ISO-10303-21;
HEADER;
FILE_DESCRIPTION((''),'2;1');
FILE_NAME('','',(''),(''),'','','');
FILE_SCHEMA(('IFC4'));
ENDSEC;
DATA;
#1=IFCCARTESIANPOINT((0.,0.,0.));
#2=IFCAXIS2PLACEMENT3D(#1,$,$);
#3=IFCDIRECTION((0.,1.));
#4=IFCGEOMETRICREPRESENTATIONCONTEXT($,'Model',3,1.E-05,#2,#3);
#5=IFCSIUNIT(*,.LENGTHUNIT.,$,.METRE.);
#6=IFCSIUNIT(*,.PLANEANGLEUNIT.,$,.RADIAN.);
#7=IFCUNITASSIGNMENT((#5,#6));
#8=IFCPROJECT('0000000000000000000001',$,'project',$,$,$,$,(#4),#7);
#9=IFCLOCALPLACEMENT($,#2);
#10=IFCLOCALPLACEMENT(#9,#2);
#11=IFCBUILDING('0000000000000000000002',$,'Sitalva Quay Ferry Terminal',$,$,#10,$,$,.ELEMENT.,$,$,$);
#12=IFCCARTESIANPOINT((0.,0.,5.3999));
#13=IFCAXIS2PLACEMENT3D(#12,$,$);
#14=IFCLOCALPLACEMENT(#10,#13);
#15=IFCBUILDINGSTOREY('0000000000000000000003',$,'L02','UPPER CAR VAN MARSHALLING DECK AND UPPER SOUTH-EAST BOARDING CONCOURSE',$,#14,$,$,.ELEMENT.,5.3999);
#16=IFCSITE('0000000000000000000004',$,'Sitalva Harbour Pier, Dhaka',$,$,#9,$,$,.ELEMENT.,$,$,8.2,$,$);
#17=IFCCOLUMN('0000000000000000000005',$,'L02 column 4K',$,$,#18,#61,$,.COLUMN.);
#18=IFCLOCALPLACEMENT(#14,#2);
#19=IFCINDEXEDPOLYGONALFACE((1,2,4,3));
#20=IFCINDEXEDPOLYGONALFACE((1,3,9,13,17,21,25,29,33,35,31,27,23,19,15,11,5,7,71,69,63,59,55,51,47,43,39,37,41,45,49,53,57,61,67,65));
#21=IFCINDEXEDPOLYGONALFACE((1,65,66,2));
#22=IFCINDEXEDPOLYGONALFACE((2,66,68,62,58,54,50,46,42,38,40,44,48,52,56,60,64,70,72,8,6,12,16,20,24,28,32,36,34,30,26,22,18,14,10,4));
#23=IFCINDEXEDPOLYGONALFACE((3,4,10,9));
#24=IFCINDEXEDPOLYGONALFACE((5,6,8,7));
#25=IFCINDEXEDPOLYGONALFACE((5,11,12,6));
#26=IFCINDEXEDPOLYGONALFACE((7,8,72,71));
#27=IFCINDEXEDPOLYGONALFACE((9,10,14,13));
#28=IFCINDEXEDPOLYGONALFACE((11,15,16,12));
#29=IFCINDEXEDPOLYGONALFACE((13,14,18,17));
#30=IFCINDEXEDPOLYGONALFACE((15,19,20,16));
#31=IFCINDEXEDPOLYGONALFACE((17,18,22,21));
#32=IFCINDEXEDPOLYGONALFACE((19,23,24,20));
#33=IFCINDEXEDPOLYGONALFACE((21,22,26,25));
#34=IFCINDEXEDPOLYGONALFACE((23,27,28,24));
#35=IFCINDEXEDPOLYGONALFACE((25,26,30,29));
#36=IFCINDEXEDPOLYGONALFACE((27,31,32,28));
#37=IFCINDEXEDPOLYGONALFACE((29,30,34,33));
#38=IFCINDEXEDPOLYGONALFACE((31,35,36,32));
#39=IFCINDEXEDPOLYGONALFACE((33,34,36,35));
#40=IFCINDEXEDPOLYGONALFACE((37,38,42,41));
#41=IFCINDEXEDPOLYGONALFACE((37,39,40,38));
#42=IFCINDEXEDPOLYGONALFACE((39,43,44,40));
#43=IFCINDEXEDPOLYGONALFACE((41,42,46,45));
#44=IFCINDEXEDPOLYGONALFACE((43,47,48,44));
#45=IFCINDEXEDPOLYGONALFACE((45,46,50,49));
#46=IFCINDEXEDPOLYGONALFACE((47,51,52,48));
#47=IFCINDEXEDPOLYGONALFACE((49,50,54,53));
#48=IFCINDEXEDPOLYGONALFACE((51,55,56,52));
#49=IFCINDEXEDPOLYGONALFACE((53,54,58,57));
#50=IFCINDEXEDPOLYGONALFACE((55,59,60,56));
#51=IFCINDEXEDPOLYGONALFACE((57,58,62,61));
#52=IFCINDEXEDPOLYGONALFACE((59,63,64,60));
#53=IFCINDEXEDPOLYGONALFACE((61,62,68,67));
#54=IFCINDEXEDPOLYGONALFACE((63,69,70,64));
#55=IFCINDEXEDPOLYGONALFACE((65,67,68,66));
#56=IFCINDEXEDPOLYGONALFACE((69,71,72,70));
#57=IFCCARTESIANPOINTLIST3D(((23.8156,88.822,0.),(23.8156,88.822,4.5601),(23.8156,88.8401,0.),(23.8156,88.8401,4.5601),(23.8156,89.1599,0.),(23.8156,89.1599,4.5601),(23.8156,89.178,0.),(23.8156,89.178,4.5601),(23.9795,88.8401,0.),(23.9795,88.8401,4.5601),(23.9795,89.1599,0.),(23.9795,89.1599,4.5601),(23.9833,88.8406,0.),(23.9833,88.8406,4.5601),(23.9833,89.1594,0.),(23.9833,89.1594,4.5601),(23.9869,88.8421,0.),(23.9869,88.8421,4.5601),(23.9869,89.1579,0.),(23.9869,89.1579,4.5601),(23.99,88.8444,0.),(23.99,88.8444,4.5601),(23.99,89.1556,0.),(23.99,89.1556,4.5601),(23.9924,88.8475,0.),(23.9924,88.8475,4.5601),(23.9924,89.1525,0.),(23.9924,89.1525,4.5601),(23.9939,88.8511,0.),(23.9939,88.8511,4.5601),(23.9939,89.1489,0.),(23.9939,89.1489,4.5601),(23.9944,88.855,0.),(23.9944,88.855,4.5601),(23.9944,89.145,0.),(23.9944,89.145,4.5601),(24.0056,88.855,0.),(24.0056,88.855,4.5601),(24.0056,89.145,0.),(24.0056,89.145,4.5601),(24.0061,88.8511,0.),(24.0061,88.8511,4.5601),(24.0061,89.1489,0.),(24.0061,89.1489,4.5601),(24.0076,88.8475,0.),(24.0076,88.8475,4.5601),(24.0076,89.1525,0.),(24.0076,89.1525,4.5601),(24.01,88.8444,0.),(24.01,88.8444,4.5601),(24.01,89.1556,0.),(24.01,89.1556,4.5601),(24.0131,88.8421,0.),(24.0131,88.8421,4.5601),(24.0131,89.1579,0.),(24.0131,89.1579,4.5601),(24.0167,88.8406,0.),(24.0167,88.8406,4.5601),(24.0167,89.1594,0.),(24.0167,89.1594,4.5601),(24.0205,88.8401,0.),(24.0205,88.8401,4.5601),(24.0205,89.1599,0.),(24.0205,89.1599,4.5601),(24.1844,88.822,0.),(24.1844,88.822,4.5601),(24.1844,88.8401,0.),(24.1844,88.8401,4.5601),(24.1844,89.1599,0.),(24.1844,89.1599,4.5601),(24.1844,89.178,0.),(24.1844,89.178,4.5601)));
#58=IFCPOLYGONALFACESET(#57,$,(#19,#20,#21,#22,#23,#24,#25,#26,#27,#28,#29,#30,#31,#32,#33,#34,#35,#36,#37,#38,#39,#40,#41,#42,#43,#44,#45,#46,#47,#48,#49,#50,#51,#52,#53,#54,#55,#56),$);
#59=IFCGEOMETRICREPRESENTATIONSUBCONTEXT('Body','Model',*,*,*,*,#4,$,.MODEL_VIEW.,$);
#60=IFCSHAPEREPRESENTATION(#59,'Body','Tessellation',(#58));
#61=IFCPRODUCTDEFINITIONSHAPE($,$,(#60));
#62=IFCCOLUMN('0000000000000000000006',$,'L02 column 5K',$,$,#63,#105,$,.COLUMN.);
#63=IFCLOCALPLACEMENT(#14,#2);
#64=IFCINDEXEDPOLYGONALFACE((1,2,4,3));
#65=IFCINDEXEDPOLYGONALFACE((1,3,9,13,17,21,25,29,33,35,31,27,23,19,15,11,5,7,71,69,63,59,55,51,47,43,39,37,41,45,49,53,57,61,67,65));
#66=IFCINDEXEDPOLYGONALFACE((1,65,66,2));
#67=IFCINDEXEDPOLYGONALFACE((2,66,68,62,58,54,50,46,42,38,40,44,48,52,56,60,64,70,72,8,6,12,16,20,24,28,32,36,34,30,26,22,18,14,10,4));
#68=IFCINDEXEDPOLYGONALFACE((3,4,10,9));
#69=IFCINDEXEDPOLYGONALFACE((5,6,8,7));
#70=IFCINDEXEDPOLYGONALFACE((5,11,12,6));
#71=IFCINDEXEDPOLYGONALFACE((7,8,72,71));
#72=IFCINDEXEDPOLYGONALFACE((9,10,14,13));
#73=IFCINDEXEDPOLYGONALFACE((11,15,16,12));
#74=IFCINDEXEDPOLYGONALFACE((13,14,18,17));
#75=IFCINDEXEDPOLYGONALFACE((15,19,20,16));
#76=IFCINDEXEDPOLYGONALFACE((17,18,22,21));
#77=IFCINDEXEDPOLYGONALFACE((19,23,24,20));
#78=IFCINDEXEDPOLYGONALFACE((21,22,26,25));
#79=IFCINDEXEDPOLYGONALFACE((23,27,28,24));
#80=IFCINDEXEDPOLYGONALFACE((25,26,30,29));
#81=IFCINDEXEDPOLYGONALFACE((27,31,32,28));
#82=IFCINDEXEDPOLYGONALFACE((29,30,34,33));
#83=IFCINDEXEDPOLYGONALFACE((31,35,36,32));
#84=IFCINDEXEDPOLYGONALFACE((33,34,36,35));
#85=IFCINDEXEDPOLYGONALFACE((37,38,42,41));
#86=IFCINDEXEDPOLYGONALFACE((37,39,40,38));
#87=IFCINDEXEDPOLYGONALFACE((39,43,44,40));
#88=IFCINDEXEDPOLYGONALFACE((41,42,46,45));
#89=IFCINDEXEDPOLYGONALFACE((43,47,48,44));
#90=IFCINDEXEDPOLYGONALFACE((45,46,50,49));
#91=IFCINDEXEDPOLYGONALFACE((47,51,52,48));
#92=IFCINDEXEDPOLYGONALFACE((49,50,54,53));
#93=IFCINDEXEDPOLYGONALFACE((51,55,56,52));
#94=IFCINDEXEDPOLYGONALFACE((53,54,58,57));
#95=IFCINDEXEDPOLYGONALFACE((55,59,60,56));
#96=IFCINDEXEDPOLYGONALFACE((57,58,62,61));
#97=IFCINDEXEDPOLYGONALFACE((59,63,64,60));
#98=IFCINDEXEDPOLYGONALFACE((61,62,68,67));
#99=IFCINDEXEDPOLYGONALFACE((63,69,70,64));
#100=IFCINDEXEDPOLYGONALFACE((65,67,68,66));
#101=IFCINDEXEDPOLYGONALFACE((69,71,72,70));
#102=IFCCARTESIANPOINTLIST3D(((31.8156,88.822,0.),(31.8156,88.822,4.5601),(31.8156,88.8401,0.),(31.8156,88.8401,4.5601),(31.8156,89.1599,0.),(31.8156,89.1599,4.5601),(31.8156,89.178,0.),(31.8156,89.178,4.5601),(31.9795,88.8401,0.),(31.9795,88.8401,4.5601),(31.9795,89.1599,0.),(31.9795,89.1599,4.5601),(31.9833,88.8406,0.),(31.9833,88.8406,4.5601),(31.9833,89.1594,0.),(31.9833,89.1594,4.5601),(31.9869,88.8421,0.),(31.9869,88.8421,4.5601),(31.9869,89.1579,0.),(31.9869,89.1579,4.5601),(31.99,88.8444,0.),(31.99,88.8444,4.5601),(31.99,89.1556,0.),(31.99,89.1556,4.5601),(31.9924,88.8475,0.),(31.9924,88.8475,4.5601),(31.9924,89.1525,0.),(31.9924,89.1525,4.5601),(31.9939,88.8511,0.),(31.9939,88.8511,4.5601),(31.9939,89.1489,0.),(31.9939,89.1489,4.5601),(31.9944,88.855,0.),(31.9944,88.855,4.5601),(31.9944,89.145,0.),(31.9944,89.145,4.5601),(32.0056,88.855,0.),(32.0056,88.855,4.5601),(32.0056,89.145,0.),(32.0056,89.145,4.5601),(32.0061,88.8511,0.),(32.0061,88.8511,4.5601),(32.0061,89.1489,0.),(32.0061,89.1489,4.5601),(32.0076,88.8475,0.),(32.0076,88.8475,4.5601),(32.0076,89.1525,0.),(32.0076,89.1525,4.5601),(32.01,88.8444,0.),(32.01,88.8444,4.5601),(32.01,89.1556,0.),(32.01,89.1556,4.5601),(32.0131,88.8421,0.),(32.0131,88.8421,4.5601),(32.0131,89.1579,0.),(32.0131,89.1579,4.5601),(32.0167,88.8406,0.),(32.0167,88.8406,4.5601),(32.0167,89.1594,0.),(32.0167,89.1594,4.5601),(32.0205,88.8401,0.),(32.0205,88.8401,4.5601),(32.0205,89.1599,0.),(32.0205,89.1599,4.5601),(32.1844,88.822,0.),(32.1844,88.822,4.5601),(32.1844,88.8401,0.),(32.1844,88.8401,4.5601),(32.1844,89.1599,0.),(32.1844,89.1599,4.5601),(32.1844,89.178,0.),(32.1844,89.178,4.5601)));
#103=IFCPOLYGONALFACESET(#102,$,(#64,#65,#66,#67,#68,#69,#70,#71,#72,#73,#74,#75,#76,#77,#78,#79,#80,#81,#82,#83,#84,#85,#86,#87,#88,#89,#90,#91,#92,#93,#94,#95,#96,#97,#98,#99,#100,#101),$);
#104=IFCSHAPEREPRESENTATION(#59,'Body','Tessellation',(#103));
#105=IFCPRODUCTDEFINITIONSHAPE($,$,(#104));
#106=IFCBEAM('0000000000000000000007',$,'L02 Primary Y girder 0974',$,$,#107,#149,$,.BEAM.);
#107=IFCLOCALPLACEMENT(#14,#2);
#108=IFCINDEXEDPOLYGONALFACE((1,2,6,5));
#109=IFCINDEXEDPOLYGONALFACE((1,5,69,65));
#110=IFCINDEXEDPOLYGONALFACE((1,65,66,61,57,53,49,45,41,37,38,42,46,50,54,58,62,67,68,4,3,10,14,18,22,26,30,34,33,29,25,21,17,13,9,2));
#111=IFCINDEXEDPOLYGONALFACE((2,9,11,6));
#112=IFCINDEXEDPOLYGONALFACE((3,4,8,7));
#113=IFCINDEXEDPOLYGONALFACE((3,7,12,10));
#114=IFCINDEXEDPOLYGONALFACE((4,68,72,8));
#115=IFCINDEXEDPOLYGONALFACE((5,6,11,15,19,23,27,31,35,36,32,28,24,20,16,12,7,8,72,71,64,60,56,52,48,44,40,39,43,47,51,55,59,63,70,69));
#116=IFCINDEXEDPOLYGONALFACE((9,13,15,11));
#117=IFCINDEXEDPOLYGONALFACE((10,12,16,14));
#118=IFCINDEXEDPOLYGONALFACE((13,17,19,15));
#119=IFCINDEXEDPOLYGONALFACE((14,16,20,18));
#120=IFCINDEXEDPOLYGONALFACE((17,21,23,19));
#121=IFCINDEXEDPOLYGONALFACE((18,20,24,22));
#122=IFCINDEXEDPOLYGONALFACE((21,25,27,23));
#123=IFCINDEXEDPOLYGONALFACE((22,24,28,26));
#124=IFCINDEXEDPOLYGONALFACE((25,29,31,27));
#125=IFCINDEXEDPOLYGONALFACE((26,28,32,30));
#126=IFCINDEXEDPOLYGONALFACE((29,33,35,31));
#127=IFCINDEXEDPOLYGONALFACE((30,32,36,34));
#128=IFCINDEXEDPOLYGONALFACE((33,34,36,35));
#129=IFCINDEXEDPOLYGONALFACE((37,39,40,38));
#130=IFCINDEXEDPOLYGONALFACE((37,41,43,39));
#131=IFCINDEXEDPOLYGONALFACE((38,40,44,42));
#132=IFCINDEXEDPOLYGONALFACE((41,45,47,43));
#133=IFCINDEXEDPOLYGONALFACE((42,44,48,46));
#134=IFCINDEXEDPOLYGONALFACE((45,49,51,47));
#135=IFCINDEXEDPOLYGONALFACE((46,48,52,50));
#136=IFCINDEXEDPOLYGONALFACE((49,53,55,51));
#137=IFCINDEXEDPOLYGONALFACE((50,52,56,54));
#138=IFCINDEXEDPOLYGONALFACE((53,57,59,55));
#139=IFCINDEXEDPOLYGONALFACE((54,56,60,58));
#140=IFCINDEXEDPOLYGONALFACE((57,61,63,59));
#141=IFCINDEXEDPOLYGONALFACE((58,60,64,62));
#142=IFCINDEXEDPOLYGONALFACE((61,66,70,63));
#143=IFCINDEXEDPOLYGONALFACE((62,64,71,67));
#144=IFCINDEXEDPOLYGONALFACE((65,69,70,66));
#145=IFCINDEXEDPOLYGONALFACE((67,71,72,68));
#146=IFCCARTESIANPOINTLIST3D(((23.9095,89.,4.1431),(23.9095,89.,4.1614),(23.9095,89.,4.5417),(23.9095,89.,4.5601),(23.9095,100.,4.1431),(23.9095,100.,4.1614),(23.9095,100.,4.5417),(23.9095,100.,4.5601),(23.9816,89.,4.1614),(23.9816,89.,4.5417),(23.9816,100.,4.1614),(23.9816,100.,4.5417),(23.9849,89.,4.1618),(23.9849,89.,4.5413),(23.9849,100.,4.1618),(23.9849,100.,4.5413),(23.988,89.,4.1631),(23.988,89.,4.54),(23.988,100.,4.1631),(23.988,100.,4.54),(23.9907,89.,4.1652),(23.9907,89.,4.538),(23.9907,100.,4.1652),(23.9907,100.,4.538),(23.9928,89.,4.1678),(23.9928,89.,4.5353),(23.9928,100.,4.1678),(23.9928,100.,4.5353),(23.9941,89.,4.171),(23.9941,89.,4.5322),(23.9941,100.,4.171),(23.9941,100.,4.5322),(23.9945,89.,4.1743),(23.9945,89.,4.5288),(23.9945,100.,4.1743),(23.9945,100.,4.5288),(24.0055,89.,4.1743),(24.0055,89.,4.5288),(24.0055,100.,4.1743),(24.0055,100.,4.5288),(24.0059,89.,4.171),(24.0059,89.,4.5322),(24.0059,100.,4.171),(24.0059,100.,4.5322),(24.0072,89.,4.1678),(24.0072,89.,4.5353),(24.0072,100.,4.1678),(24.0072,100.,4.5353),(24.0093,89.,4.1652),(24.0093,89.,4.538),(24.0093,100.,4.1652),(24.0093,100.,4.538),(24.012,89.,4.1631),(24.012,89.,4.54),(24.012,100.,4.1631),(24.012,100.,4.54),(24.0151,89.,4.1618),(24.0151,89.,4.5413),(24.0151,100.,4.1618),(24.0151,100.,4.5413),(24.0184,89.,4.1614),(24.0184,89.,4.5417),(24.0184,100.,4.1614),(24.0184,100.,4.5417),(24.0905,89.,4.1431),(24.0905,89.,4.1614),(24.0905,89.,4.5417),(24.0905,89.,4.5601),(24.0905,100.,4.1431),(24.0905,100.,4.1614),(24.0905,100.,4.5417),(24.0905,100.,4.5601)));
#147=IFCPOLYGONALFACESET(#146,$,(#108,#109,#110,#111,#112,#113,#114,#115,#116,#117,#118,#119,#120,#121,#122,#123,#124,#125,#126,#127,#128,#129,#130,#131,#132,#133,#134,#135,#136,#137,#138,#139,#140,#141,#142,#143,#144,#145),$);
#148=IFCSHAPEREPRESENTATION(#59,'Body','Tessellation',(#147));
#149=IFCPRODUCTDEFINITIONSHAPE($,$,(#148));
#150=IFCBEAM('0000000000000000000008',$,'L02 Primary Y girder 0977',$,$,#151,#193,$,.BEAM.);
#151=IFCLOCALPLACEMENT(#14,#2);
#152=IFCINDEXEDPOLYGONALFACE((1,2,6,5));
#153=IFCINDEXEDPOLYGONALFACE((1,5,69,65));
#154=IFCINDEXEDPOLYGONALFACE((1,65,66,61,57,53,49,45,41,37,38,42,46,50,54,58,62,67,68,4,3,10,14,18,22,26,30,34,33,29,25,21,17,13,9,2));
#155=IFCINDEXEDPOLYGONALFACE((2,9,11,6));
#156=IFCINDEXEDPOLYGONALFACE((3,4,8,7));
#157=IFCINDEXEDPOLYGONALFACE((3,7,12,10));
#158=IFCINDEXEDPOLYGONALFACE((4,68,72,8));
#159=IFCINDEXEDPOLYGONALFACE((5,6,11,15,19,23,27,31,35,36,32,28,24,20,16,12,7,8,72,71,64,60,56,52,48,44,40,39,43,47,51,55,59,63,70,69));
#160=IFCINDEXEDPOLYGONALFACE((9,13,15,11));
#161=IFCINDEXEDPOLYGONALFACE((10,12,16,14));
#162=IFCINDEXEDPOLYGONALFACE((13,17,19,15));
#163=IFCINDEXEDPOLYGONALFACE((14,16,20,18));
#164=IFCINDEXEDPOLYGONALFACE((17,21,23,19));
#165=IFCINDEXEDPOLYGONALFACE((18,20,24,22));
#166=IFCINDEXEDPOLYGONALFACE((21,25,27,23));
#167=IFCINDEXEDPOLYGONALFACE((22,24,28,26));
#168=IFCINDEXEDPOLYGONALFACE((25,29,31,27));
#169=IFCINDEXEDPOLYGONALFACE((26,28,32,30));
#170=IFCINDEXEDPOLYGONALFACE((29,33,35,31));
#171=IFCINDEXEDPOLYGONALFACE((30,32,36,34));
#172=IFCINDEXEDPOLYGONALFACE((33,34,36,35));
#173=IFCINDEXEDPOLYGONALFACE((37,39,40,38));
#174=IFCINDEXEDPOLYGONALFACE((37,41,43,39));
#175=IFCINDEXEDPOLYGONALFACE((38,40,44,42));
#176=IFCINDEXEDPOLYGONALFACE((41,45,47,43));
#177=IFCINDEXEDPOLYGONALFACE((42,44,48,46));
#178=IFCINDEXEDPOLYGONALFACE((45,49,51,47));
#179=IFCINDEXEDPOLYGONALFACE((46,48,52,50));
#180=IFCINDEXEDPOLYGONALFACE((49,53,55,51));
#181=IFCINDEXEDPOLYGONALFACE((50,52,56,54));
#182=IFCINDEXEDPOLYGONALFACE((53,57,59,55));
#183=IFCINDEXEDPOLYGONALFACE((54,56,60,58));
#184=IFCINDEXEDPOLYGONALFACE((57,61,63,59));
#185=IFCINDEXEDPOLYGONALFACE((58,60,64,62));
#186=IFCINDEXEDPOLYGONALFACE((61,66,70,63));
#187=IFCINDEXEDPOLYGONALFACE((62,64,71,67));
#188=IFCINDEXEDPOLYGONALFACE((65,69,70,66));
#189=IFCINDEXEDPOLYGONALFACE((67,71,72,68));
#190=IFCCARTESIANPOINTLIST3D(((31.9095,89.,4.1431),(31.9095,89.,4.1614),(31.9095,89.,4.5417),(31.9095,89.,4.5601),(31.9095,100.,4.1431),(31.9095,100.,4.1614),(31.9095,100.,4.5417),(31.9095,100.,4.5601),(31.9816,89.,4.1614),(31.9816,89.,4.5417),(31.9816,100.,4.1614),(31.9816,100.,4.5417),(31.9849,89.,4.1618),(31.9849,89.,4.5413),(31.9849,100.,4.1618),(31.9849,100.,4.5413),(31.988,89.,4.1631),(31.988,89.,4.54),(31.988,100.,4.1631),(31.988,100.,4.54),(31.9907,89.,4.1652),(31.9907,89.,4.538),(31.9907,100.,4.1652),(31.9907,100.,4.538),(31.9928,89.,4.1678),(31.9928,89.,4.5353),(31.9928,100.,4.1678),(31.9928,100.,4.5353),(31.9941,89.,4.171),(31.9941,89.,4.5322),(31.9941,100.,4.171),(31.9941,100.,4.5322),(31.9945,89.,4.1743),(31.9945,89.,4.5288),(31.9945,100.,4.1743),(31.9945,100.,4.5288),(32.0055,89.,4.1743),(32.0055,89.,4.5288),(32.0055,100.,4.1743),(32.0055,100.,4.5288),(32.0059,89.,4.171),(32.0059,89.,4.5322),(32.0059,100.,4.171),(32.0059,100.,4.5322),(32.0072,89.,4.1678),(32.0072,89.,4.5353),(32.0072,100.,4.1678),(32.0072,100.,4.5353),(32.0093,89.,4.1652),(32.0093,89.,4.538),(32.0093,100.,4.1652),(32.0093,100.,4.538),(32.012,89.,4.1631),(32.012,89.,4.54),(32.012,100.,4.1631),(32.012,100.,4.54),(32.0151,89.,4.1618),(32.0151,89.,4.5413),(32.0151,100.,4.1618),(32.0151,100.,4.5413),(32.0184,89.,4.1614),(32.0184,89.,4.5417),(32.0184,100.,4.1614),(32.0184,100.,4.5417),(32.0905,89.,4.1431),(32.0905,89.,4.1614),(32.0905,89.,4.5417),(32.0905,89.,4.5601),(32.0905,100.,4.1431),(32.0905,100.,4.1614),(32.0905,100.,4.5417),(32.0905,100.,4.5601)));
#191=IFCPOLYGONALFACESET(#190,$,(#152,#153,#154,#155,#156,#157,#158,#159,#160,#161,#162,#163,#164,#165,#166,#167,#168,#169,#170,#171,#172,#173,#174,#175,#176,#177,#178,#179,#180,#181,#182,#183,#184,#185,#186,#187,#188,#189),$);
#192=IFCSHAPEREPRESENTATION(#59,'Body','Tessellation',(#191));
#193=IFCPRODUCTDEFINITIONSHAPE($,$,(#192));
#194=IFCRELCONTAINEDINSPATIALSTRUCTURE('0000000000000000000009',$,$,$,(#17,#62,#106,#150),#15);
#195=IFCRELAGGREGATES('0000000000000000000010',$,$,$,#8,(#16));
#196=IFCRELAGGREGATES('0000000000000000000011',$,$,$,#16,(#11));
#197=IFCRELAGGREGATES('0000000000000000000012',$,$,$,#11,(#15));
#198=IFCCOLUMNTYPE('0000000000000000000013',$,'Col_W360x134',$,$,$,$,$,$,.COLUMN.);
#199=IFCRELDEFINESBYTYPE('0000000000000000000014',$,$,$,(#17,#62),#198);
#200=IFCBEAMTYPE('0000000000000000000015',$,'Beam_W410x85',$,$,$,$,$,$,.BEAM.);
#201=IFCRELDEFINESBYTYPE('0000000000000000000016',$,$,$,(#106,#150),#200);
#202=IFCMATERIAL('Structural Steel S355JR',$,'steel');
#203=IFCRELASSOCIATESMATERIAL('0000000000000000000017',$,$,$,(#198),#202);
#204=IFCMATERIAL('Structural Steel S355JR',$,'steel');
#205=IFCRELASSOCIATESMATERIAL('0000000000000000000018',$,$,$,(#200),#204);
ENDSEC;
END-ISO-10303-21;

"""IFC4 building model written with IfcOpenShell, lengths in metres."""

from ifc_helpers import new_model, si_unit, direction, frame, origin, origin_2d, place, context, subcontext, project, spatial, i_section, extrude, material, material_profile, profile_set, type_object, element, save


model = new_model("IFC4")

# Units and contexts
model_context = context("Model", 3, precision=1e-05, world=origin(), true_north=direction((0.0, 1.0)))
body_context = subcontext(model_context, "Body", "Model", "MODEL_VIEW")
ifc_project = project(units=[si_unit("LENGTHUNIT", "METRE"), si_unit("PLANEANGLEUNIT", "RADIAN")], contexts=[model_context])

# Site, building, storey
site_placement = place(None, origin())
site = spatial("IfcSite", under=ifc_project, at=site_placement, Name="Sitalva Harbour Pier, Dhaka", CompositionType="ELEMENT", RefElevation=8.2)
building_placement = place(site_placement, origin())
building = spatial("IfcBuilding", under=site, at=building_placement, Name="Sitalva Quay Ferry Terminal", CompositionType="ELEMENT")
storey_placement = place(building_placement, frame((0.0, 0.0, 5.3999)))
storey = spatial("IfcBuildingStorey", under=building, at=storey_placement, Name="L02", Description="UPPER CAR VAN MARSHALLING DECK AND UPPER SOUTH-EAST BOARDING CONCOURSE", CompositionType="ELEMENT", Elevation=5.3999)

# Columns
ifc_material_1 = material(Name="Structural Steel S355JR", Category="steel")
ifc_material_profile_1 = material_profile(ifc_material_1, i_section(OverallWidth=0.3689, OverallDepth=0.356, WebThickness=0.0112, FlangeThickness=0.0181, FilletRadius=0.0149, at=origin_2d()), Name="W360x134")
ifc_profile_set_1 = profile_set([ifc_material_profile_1], Name="Structural Steel S355JR")
column_type = type_object("IfcColumnType", Name="Col_W360x134", PredefinedType="COLUMN", material=ifc_profile_set_1)
for number, where, z_axis, x_axis, name in (
    (1, (24.0, 89.0, 0.0), (0.0, 0.0, 1.0), (1.0, 0.0, 0.0), "L02 column 4K"),
    (2, (32.0, 89.0, 0.0), (0.0, 0.0, 1.0), (1.0, 0.0, 0.0), "L02 column 5K"),
):
    element("IfcColumn", number, at=place(storey_placement, frame(where, z_axis=z_axis, x_axis=x_axis)), inside=storey, type_object=column_type, Name=name, PredefinedType="COLUMN", context=body_context, shape_type="SweptSolid", body=[
        extrude(i_section(OverallWidth=0.3689, OverallDepth=0.356, WebThickness=0.0112, FlangeThickness=0.0181, FilletRadius=0.0149, at=origin_2d()), origin(), (0.0, 0.0, 1.0), 4.5601),
    ])

# Beams
ifc_material_2 = material(Name="Structural Steel S355JR", Category="steel")
ifc_material_profile_2 = material_profile(ifc_material_2, i_section(OverallWidth=0.1809, OverallDepth=0.417, WebThickness=0.011, FlangeThickness=0.0183, FilletRadius=0.0129, at=origin_2d()), Name="W410x85")
ifc_profile_set_2 = profile_set([ifc_material_profile_2], Name="Structural Steel S355JR")
beam_type_1 = type_object("IfcBeamType", Name="Beam_W410x85", PredefinedType="BEAM", material=ifc_profile_set_2)
for number, where, z_axis, x_axis, name in (
    (3, (24.0, 89.0, 4.3516), (0.0, 1.0, 0.0), (-1.0, 0.0, 0.0), "L02 Primary Y girder 0974"),
    (4, (32.0, 89.0, 4.3516), (0.0, 1.0, 0.0), (-1.0, 0.0, 0.0), "L02 Primary Y girder 0977"),
):
    element("IfcBeam", number, at=place(storey_placement, frame(where, z_axis=z_axis, x_axis=x_axis)), inside=storey, type_object=beam_type_1, Name=name, PredefinedType="BEAM", context=body_context, shape_type="SweptSolid", body=[
        extrude(i_section(OverallWidth=0.1809, OverallDepth=0.417, WebThickness=0.011, FlangeThickness=0.0183, FilletRadius=0.0129, at=origin_2d()), origin(), (0.0, 0.0, 1.0), 11.0),
    ])

save(model, "model.ifc")
